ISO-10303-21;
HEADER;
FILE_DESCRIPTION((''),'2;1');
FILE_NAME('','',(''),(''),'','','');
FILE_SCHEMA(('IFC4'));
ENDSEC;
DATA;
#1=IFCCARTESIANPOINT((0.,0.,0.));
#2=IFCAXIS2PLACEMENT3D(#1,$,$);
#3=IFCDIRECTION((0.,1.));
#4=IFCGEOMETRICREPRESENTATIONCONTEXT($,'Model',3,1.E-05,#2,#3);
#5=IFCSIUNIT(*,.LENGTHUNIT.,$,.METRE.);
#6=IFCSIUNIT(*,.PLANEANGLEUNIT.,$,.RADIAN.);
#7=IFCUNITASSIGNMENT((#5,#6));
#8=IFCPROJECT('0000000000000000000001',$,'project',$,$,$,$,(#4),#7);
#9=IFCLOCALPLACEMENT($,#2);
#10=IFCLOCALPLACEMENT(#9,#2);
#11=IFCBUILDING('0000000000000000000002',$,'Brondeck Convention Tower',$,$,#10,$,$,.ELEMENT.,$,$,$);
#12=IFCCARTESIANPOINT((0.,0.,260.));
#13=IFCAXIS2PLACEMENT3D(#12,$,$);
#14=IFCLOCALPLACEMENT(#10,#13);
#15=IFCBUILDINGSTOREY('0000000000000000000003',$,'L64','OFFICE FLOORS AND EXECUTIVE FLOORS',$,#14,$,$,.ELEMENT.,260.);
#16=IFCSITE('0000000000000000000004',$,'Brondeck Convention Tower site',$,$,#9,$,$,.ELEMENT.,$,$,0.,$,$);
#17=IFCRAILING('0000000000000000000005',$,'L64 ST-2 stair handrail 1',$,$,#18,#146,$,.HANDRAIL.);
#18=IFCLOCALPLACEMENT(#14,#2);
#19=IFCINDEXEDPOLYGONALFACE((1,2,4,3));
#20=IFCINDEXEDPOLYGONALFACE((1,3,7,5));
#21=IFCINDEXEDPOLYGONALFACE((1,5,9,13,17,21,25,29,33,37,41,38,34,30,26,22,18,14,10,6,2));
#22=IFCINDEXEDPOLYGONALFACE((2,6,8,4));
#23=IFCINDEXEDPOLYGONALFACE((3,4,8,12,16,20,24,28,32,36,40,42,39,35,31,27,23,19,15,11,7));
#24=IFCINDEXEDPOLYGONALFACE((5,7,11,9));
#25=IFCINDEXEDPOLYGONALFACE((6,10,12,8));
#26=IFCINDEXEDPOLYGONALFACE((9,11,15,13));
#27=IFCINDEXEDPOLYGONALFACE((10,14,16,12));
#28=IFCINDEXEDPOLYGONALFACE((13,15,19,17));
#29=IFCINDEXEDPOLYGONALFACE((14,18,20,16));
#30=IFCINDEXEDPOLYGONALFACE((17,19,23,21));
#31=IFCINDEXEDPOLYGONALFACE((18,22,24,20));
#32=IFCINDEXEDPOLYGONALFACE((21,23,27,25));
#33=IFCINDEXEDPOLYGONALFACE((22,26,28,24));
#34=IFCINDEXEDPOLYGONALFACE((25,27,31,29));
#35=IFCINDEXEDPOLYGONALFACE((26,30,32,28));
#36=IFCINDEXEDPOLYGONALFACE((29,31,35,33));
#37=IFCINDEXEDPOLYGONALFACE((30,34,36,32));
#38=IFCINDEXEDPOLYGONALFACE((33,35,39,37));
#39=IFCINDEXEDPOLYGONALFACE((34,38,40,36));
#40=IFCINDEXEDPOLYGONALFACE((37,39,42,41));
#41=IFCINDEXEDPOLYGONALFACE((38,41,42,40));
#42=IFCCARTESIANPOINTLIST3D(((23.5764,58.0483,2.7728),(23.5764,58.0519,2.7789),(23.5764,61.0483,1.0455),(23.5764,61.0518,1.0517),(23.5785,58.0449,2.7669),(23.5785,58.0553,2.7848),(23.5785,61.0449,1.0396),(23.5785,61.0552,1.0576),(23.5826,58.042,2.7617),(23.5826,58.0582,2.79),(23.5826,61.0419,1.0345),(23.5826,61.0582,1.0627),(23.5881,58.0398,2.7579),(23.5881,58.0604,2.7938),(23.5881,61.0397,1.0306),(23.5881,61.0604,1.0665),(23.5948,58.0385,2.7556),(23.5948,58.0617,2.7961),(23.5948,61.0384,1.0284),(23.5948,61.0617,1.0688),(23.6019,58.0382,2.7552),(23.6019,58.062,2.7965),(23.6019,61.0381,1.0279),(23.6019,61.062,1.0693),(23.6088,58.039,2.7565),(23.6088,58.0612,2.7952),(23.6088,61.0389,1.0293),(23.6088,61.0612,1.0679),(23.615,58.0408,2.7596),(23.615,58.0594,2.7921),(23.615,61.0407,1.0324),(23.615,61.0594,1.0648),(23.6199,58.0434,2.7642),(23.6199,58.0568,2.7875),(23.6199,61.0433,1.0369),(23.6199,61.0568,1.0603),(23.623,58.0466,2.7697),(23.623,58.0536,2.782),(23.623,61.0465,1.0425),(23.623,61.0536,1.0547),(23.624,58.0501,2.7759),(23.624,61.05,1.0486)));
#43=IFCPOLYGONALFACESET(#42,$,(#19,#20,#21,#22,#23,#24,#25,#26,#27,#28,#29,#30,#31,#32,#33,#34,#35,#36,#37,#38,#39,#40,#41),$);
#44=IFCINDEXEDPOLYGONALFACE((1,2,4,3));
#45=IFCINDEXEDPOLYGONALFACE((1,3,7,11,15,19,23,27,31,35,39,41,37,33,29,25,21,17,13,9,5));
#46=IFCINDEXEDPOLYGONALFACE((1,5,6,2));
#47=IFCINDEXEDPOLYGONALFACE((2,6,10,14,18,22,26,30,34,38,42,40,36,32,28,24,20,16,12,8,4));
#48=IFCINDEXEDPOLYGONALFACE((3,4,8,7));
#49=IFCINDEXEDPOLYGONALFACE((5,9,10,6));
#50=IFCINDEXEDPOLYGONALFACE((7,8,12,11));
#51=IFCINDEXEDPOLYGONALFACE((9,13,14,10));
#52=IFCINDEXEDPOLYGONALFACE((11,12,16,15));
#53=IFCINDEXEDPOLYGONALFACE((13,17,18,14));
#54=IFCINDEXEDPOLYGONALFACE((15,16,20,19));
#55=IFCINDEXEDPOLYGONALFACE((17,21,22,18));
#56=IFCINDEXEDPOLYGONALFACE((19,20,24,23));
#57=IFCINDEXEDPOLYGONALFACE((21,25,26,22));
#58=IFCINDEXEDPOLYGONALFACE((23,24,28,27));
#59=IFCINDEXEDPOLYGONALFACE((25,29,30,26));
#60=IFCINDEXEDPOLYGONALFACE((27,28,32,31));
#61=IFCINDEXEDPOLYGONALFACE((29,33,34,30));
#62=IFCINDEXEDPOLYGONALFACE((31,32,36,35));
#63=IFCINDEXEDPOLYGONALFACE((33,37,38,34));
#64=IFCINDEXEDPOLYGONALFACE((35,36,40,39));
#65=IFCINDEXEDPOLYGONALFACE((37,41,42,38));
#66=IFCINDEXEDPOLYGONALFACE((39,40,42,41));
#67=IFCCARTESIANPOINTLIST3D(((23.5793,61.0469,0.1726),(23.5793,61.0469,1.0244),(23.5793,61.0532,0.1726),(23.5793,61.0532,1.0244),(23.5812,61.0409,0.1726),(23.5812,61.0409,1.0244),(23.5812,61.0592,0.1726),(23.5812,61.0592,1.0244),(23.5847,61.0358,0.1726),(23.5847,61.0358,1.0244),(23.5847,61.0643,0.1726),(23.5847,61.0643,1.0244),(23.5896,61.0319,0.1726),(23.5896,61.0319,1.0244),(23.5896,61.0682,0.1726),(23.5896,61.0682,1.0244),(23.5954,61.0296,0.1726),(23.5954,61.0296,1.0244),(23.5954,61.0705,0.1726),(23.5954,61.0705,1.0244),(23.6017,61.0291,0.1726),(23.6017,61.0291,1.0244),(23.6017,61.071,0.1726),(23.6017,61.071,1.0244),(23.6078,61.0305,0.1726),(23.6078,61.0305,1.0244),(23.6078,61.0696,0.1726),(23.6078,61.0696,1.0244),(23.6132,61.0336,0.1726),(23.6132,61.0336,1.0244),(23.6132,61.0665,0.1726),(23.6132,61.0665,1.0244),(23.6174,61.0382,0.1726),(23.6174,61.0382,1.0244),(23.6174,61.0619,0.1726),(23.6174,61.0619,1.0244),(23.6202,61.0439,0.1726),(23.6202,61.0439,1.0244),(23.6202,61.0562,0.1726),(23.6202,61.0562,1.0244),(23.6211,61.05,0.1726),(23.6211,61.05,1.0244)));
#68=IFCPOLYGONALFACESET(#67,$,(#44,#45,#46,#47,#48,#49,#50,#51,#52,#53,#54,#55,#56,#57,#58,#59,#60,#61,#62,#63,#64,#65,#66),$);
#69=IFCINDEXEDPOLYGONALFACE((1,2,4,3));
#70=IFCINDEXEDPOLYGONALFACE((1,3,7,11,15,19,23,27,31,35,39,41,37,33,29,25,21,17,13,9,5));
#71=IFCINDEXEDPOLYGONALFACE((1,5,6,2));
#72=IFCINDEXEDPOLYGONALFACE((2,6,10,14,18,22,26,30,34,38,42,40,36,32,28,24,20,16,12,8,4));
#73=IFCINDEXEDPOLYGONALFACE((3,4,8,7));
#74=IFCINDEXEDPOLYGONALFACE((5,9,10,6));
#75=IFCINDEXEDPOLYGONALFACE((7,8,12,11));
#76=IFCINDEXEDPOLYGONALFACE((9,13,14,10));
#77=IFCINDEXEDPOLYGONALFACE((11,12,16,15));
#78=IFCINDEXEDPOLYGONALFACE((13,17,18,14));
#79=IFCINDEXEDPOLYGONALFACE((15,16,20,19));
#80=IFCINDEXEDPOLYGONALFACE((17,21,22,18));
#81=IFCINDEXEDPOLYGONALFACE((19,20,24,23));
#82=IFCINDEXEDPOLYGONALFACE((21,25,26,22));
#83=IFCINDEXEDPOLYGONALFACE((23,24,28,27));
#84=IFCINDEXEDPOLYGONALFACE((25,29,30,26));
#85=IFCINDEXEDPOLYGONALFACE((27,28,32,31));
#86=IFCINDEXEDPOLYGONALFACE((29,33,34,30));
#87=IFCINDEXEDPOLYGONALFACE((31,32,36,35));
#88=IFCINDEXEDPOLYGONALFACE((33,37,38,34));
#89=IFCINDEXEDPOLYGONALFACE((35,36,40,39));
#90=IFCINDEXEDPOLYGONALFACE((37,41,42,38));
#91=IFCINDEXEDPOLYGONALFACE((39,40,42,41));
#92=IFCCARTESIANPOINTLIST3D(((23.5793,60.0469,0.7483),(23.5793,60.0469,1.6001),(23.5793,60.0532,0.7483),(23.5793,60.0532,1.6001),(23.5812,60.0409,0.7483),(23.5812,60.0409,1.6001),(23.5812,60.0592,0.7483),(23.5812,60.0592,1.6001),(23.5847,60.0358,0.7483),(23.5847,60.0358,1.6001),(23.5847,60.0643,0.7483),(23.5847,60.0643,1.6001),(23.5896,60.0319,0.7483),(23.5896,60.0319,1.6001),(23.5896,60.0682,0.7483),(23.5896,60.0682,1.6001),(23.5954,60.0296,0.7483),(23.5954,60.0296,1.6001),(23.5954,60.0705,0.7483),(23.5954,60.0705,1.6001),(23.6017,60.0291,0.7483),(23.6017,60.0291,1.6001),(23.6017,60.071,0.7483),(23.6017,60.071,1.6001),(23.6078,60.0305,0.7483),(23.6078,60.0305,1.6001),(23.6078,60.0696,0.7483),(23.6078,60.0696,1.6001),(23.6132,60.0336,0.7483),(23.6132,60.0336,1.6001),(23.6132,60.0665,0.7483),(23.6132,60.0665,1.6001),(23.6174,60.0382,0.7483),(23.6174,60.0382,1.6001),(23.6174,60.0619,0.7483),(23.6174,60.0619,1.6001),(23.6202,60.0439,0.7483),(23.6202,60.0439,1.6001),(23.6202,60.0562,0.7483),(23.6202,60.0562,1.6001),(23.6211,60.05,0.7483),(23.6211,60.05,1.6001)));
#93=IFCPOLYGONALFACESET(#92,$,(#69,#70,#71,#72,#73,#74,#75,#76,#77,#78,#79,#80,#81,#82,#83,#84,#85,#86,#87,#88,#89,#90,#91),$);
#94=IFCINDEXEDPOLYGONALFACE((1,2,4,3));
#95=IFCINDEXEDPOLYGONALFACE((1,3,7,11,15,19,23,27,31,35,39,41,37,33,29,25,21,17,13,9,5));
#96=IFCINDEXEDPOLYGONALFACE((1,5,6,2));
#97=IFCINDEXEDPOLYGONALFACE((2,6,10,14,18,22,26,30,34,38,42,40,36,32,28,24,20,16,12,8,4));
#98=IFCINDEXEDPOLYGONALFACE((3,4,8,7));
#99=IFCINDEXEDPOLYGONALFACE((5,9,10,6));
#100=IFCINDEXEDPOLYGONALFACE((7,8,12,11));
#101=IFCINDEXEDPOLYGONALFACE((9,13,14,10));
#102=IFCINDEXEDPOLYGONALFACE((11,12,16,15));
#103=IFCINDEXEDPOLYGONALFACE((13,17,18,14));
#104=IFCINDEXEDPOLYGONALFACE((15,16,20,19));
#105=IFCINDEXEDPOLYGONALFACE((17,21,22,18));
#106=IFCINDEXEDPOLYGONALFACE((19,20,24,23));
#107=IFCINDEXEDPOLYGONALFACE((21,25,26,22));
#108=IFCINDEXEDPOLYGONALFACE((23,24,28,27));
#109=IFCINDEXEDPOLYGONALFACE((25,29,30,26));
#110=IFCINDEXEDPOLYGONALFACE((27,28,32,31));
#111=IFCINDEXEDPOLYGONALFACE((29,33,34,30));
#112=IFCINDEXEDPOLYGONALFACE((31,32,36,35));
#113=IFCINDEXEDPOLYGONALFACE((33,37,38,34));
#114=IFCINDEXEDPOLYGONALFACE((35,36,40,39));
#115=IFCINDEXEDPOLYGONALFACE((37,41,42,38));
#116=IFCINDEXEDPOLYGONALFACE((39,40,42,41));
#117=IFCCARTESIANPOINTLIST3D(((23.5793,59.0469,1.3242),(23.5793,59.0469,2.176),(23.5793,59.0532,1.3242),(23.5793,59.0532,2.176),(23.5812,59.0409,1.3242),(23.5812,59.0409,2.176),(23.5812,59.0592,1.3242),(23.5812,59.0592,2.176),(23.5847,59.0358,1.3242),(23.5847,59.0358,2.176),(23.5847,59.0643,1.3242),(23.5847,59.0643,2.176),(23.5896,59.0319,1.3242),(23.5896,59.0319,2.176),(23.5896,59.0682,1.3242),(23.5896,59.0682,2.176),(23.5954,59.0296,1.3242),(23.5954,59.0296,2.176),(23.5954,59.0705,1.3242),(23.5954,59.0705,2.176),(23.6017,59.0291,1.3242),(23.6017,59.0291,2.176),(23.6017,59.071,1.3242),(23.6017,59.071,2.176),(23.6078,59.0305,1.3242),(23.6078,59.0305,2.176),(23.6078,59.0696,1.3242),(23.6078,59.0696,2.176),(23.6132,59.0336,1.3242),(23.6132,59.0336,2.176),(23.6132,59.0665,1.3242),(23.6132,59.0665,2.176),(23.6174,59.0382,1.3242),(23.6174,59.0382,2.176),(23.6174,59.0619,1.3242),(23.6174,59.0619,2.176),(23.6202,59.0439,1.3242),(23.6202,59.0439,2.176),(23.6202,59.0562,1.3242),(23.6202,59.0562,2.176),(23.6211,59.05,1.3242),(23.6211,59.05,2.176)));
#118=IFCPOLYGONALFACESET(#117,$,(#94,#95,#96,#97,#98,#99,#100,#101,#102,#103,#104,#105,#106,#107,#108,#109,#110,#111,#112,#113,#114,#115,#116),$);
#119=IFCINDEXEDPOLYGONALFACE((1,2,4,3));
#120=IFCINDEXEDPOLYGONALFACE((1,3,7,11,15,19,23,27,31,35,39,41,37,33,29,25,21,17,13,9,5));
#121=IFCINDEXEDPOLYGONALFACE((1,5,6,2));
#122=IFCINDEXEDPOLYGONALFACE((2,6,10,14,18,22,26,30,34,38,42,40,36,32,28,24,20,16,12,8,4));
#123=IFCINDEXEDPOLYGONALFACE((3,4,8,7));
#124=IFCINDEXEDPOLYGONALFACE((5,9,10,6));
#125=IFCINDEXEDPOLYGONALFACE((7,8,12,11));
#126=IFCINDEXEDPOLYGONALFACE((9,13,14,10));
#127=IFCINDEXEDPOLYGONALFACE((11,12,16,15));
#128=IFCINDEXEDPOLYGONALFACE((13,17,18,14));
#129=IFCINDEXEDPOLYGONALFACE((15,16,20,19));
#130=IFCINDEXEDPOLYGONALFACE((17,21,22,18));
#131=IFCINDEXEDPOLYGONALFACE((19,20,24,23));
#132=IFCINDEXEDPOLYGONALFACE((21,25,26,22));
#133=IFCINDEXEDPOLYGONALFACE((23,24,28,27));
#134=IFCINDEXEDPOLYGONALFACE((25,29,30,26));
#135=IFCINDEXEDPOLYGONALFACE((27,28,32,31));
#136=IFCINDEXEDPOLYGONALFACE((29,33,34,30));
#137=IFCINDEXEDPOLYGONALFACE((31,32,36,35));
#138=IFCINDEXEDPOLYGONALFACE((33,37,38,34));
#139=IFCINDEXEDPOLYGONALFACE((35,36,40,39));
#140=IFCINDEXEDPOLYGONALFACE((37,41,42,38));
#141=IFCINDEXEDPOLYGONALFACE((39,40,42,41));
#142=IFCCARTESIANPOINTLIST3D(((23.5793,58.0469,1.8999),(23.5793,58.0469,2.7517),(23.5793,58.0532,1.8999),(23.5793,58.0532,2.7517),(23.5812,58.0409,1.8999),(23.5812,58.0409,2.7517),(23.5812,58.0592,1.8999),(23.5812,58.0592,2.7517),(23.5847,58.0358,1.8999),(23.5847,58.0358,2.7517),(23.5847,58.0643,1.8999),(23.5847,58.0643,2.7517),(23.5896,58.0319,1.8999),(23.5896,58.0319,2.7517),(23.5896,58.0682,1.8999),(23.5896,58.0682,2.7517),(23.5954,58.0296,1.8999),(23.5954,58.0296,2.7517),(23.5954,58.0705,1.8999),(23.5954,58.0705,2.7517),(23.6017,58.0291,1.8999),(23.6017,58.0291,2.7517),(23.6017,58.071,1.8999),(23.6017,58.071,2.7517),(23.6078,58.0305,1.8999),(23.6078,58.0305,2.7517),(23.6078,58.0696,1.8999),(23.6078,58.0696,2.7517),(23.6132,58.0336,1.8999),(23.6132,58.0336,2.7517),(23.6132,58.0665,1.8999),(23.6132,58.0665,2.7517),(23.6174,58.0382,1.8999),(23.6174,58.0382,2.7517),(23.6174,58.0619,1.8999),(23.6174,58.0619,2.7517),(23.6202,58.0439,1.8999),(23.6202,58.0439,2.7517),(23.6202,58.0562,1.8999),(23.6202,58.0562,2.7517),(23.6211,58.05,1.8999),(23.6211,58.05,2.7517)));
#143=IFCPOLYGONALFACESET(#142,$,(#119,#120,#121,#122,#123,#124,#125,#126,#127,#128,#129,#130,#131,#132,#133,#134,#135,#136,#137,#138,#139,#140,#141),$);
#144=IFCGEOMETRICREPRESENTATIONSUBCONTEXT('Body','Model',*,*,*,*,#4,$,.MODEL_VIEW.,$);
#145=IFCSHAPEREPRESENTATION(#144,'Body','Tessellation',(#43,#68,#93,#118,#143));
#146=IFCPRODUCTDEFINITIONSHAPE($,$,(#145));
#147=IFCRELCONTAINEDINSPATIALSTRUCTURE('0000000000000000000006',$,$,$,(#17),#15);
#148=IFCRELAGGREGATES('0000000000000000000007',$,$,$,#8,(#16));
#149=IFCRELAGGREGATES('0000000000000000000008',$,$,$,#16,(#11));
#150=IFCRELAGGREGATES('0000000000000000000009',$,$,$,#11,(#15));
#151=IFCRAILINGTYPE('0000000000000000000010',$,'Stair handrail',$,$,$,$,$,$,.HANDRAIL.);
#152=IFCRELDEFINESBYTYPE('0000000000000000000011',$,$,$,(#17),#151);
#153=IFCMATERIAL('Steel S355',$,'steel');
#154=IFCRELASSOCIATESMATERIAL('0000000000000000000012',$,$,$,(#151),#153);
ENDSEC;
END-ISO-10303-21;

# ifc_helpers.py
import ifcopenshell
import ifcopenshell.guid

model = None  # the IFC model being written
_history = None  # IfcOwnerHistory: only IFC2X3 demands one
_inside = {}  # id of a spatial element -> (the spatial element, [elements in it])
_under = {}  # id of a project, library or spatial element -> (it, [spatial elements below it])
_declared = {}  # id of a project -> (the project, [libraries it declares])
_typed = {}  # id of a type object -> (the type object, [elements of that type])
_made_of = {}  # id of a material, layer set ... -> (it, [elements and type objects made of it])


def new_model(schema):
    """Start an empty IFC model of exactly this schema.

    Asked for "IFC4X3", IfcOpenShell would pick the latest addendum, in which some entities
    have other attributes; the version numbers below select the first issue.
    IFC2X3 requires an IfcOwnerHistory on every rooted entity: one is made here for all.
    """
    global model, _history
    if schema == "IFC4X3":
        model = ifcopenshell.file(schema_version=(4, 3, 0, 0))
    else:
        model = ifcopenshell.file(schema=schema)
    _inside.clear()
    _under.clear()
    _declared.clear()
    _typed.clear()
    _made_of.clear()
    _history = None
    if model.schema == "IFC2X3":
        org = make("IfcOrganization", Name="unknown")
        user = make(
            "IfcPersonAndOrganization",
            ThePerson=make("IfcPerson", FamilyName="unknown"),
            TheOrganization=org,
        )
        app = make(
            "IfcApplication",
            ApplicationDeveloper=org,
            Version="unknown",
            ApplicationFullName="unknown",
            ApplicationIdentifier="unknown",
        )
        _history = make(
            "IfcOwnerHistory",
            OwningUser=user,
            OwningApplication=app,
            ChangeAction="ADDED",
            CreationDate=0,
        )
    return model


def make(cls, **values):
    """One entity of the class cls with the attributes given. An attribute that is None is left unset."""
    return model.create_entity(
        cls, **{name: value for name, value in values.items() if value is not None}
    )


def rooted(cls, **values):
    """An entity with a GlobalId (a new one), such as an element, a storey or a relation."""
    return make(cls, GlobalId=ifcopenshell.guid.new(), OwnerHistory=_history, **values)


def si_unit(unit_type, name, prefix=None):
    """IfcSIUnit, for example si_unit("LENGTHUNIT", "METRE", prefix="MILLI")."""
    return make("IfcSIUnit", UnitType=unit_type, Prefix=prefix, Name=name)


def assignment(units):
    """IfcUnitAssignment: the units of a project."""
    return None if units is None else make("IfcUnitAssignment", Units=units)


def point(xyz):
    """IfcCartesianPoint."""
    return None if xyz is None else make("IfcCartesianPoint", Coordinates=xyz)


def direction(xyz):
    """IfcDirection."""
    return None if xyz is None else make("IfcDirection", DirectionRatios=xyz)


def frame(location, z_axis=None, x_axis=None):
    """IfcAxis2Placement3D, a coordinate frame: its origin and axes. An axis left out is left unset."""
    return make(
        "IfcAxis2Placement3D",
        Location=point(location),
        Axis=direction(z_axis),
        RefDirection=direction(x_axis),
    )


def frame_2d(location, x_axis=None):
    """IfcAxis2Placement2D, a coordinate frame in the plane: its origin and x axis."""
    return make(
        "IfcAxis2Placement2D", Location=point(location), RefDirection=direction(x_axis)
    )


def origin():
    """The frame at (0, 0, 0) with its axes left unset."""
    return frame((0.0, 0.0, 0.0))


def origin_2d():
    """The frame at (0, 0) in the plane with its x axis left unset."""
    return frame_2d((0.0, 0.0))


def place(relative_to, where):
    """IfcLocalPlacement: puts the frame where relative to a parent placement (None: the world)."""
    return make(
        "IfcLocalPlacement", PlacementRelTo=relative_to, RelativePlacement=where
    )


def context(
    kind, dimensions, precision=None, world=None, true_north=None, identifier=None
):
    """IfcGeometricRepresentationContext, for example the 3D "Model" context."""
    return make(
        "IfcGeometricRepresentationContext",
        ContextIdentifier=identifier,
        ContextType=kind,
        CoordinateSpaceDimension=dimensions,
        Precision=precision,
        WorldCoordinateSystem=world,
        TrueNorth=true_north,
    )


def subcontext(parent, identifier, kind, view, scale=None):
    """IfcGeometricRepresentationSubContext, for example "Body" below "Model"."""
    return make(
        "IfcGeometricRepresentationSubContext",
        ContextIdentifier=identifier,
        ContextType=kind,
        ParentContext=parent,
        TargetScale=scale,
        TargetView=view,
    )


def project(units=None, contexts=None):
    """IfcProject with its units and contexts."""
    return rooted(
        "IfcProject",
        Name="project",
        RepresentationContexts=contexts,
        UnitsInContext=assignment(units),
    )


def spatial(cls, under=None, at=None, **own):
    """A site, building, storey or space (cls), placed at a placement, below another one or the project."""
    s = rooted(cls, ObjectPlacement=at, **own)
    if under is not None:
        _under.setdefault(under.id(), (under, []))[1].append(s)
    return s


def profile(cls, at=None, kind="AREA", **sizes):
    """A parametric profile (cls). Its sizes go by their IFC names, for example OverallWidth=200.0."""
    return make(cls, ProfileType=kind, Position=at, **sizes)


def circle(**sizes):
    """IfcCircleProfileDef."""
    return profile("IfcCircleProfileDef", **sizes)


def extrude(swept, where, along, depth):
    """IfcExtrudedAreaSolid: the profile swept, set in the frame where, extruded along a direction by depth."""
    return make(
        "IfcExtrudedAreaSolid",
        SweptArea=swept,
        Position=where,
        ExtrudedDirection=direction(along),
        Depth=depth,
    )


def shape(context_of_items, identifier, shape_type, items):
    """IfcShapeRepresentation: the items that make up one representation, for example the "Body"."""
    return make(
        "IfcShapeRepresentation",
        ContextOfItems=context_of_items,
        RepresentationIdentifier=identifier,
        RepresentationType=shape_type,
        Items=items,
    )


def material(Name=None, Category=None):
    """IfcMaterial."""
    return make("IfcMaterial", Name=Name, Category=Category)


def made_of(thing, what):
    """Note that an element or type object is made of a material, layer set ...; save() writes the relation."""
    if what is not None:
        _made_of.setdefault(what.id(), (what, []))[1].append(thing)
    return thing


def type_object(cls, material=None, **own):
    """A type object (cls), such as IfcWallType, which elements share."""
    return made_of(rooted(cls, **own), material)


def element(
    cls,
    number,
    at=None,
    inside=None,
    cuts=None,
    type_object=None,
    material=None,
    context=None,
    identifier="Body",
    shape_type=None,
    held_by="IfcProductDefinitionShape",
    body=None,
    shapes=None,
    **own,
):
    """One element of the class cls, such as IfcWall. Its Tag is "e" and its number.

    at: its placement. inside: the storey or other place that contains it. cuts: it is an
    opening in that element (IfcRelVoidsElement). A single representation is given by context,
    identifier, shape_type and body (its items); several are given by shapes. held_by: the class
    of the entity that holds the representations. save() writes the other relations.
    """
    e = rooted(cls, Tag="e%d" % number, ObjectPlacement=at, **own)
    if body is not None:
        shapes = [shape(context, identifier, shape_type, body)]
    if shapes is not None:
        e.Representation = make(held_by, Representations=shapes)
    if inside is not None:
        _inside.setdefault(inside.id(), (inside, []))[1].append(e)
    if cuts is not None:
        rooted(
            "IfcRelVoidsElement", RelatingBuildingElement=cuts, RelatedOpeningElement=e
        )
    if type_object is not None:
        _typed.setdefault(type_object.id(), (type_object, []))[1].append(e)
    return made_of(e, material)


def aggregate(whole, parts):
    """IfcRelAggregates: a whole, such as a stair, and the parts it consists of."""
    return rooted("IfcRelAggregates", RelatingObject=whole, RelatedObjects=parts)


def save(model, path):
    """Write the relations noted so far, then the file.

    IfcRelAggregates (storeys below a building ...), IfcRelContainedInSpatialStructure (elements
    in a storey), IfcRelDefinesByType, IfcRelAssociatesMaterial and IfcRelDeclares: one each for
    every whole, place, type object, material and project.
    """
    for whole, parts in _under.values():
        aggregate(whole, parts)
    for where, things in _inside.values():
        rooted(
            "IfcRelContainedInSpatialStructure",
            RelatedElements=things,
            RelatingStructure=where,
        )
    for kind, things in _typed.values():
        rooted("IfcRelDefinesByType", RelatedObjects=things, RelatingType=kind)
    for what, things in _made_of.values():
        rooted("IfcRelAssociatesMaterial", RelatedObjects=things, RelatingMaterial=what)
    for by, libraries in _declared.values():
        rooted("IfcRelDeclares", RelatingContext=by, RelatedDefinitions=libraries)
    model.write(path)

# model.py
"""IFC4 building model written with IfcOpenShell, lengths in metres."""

from ifc_helpers import new_model, si_unit, direction, frame, origin, origin_2d, place, context, subcontext, project, spatial, circle, extrude, material, type_object, element, save


model = new_model("IFC4")

# Units and contexts
model_context = context("Model", 3, precision=1e-05, world=origin(), true_north=direction((0.0, 1.0)))
body_context = subcontext(model_context, "Body", "Model", "MODEL_VIEW")
ifc_project = project(units=[si_unit("LENGTHUNIT", "METRE"), si_unit("PLANEANGLEUNIT", "RADIAN")], contexts=[model_context])

# Site, building, storey
site_placement = place(None, origin())
site = spatial("IfcSite", under=ifc_project, at=site_placement, Name="Brondeck Convention Tower site", CompositionType="ELEMENT", RefElevation=0.0)
building_placement = place(site_placement, origin())
building = spatial("IfcBuilding", under=site, at=building_placement, Name="Brondeck Convention Tower", CompositionType="ELEMENT")
storey_placement = place(building_placement, frame((0.0, 0.0, 260.0)))
storey = spatial("IfcBuildingStorey", under=building, at=storey_placement, Name="L64", Description="OFFICE FLOORS AND EXECUTIVE FLOORS", CompositionType="ELEMENT", Elevation=260.0)

# Railing
ifc_material_1 = material(Name="Steel S355", Category="steel")
railing_type_1 = type_object("IfcRailingType", Name="Stair handrail", PredefinedType="HANDRAIL", material=ifc_material_1)
railing_1_placement = place(storey_placement, frame((23.6001, 61.05, 0.1726)))
element("IfcRailing", 1, at=railing_1_placement, inside=storey, type_object=railing_type_1, Name="L64 ST-2 stair handrail 1", PredefinedType="HANDRAIL", context=body_context, shape_type="SweptSolid", body=[
    extrude(circle(Radius=0.0239, at=origin_2d()), frame((0.0, 0.0, 0.876), z_axis=(0.0, -0.86662, 0.498969), x_axis=(1.0, 0.0, 0.0)), (0.0, 0.0, 1.0), 3.4617),
    extrude(circle(Radius=0.021, at=origin_2d()), origin(), (0.0, 0.0, 1.0), 0.8518),
    extrude(circle(Radius=0.021, at=origin_2d()), frame((0.0, -1.0, 0.5757)), (0.0, 0.0, 1.0), 0.8518),
    extrude(circle(Radius=0.021, at=origin_2d()), frame((0.0, -2.0, 1.1516)), (0.0, 0.0, 1.0), 0.8518),
    extrude(circle(Radius=0.021, at=origin_2d()), frame((0.0, -3.0, 1.7273)), (0.0, 0.0, 1.0), 0.8518),
])

save(model, "model.ifc")
